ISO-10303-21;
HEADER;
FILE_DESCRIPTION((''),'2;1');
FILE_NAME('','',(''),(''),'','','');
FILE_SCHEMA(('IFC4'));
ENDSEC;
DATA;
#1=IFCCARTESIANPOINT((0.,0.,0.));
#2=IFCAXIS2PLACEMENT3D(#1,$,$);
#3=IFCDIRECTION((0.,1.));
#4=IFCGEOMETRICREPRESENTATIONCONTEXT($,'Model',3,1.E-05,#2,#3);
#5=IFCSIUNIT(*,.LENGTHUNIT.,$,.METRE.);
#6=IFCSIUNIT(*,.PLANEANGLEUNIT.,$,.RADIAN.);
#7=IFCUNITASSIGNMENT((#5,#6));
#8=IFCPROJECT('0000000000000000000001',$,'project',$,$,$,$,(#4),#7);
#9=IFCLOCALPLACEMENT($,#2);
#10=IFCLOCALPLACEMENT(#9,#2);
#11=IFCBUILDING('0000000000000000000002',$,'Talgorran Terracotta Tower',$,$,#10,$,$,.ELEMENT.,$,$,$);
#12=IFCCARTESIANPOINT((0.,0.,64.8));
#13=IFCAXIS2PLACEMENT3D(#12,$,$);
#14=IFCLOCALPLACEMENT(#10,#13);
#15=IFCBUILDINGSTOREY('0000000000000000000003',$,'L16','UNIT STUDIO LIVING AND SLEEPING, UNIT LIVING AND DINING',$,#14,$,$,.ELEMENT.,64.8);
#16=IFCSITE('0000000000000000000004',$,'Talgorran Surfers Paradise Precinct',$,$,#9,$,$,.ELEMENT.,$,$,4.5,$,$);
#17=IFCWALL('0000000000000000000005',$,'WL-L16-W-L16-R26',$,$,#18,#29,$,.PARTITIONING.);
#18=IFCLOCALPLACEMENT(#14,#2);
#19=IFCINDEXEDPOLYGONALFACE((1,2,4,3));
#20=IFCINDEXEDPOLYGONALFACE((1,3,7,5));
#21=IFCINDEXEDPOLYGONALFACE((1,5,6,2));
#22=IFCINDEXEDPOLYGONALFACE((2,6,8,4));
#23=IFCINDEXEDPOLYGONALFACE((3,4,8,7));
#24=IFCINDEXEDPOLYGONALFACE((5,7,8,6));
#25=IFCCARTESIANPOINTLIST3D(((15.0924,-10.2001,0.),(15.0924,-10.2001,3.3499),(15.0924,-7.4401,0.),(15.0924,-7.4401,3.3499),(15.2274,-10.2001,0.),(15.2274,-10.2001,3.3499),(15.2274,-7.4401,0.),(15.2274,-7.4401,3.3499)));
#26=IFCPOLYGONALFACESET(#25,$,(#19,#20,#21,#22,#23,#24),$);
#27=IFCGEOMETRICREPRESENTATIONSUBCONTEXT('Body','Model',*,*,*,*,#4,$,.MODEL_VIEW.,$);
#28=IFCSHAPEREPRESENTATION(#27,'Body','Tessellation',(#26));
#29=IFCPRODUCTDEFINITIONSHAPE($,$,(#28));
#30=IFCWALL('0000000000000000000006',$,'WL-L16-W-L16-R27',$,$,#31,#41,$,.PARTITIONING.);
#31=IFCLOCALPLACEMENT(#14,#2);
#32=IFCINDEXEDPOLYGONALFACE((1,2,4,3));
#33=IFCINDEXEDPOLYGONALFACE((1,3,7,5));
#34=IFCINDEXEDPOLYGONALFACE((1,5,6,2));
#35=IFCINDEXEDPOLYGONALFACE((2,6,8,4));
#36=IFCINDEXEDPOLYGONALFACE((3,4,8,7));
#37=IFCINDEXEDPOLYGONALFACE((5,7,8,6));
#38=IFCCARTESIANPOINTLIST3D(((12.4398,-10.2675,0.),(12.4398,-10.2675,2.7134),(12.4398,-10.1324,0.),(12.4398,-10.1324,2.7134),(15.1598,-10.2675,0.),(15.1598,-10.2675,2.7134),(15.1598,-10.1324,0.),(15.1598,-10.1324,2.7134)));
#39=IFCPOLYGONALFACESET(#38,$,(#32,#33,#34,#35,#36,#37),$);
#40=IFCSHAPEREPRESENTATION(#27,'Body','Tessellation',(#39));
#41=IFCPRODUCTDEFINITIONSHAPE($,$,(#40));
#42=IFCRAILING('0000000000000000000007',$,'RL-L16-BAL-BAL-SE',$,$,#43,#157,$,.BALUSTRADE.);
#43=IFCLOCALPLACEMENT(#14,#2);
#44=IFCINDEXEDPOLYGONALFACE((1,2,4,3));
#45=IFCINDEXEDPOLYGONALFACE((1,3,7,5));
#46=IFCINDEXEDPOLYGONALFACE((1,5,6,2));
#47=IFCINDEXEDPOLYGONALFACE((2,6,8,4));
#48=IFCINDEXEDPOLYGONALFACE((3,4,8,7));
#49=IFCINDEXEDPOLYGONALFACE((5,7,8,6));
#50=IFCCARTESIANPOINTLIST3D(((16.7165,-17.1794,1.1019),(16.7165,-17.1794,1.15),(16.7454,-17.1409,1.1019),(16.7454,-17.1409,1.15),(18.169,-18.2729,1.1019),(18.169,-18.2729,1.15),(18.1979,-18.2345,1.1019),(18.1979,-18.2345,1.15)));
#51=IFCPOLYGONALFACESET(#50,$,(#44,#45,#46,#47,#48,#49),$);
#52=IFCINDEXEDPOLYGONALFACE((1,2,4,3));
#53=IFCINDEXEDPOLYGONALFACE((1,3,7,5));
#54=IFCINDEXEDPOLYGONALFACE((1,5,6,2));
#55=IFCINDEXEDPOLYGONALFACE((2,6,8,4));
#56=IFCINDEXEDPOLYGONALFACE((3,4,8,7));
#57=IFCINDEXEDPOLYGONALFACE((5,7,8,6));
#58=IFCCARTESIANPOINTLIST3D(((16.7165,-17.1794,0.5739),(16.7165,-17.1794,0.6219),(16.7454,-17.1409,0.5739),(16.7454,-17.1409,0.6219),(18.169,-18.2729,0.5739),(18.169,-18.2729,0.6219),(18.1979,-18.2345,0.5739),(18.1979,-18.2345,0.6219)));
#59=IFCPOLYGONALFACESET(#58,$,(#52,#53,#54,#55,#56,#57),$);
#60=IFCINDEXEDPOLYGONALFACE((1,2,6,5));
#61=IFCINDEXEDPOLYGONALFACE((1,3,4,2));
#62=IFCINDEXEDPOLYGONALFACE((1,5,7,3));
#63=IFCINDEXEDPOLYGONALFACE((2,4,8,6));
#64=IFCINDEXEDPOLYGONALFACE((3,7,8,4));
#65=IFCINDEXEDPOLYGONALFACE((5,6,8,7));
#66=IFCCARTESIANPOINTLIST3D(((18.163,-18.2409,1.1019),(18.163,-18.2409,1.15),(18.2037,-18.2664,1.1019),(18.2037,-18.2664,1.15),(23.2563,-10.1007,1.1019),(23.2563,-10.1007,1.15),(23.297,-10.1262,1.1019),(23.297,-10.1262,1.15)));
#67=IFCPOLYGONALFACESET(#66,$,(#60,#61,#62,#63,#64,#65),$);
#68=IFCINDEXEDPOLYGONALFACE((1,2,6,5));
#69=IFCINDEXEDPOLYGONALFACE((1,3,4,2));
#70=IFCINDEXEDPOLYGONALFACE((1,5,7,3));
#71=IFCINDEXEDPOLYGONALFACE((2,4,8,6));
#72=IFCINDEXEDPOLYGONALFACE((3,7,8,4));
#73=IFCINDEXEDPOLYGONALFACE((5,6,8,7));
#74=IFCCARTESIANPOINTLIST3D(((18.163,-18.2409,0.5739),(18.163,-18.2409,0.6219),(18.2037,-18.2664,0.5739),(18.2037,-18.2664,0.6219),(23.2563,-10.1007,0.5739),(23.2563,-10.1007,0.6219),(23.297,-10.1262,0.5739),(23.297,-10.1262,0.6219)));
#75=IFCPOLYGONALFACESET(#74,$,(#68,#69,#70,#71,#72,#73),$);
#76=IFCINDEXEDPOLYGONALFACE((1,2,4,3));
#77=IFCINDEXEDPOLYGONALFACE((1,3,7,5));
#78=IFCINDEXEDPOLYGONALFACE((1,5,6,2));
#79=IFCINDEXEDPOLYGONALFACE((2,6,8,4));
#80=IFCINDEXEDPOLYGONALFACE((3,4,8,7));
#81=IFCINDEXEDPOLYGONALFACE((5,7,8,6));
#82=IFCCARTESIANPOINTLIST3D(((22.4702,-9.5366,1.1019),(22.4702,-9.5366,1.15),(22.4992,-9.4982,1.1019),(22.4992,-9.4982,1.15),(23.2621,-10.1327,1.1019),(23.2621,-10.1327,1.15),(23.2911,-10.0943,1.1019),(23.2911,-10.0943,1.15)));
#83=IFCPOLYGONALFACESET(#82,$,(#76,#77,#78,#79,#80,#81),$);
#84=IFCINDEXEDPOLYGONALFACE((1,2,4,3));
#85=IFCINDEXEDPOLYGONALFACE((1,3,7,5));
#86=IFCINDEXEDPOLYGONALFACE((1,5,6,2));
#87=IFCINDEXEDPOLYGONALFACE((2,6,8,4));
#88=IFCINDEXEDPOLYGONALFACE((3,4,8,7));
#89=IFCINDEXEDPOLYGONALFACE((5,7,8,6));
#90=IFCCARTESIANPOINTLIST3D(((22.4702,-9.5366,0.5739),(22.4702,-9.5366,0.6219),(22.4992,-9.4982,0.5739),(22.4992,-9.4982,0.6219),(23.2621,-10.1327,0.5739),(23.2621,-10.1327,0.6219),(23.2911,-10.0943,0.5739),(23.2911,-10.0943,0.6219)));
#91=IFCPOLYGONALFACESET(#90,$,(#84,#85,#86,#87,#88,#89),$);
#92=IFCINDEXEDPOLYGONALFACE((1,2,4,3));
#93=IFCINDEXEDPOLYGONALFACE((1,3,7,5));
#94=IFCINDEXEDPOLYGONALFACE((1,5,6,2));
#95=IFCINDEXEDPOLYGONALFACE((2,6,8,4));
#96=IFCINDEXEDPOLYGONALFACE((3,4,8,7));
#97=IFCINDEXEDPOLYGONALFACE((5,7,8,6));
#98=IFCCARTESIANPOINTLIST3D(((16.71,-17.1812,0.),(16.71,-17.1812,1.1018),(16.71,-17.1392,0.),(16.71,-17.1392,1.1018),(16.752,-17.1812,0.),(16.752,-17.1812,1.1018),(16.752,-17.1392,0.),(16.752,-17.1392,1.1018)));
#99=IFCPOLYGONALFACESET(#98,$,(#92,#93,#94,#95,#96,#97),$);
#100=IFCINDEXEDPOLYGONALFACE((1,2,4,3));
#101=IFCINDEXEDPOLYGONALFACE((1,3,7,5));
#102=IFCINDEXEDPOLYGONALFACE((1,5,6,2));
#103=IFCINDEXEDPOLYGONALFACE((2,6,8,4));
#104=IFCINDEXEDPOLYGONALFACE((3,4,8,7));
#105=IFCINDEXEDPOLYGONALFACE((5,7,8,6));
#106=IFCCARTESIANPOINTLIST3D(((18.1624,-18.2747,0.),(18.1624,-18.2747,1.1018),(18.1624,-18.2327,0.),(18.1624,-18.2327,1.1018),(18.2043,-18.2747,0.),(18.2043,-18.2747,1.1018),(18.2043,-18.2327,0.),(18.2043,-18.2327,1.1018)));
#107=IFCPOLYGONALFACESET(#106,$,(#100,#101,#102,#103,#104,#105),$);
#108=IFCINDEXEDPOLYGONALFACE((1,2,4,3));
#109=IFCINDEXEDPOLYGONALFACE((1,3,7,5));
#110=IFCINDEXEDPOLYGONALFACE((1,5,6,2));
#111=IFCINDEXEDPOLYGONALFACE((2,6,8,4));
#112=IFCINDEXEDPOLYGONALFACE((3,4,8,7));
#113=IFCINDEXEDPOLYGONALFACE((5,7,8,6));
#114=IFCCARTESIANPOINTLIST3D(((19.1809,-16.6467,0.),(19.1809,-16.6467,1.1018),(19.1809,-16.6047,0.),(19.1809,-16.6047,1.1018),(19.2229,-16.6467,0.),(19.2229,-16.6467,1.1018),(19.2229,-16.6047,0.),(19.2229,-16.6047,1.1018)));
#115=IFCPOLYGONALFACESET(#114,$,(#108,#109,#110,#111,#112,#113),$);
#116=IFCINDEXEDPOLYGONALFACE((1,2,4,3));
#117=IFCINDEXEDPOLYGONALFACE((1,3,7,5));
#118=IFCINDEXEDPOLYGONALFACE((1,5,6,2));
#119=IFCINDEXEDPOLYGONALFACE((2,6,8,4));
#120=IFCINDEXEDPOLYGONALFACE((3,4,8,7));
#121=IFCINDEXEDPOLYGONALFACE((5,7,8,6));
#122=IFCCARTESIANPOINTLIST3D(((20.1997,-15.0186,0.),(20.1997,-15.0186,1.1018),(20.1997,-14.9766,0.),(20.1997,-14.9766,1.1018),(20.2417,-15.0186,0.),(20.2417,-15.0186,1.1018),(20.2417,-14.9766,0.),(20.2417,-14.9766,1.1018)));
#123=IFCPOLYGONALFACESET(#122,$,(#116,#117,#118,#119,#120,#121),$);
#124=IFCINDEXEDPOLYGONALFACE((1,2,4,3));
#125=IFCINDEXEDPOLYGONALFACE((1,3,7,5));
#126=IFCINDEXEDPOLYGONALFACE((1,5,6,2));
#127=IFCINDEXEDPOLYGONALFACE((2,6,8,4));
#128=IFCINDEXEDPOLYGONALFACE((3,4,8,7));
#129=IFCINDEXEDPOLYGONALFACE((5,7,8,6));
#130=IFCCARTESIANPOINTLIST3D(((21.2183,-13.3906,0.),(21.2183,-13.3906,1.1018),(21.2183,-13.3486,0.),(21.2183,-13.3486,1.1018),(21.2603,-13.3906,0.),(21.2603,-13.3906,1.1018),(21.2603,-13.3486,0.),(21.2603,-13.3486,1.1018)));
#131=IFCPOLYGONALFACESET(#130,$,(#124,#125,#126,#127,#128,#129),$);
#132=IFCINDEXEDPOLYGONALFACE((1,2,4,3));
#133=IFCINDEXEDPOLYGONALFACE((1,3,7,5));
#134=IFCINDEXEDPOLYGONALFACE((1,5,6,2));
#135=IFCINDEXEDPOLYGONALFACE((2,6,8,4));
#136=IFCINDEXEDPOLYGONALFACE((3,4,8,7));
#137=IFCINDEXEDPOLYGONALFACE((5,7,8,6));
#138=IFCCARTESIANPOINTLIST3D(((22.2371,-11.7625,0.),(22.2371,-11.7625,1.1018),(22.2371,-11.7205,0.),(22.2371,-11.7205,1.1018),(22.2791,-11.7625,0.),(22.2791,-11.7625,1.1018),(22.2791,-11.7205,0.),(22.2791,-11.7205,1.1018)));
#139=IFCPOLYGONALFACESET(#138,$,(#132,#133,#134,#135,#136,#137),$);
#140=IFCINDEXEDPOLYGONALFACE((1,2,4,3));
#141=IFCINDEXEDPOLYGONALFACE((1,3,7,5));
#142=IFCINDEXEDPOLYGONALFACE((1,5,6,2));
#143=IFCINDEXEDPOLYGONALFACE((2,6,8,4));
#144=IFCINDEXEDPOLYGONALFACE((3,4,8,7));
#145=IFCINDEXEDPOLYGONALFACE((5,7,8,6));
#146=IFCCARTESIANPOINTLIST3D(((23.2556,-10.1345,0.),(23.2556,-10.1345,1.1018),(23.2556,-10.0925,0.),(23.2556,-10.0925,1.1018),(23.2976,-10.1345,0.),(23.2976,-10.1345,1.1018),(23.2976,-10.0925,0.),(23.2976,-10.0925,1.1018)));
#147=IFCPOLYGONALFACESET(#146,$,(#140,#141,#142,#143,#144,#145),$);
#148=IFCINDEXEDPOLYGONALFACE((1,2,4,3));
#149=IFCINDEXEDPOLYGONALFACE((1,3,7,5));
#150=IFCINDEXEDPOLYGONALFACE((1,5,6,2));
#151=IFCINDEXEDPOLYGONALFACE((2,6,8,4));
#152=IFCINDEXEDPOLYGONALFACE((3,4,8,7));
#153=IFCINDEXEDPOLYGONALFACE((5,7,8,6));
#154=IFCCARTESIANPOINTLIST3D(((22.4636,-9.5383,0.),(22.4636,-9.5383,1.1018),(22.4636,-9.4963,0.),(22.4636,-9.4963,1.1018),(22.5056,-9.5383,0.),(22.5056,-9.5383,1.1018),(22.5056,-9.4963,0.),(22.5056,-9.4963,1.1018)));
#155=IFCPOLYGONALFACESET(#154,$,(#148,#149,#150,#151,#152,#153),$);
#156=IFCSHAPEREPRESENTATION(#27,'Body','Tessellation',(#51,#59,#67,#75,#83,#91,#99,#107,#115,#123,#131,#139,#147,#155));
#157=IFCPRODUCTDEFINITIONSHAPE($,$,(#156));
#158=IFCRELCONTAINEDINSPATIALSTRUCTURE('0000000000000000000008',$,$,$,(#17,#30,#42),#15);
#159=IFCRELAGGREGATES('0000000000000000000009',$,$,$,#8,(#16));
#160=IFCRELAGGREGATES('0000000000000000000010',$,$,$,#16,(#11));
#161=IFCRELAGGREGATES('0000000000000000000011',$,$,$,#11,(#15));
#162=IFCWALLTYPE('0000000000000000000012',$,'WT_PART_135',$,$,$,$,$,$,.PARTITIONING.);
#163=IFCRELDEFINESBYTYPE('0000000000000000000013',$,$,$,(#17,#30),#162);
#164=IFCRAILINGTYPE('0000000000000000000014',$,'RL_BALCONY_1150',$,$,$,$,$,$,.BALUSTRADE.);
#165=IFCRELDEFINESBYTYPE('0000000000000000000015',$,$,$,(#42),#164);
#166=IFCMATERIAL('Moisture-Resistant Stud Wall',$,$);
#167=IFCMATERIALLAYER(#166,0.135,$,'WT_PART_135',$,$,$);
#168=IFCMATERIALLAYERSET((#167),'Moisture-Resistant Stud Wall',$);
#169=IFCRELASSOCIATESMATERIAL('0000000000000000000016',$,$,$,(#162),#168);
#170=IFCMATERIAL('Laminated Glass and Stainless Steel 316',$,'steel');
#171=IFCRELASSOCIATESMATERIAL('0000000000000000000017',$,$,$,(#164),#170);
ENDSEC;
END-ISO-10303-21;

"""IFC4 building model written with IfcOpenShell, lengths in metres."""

from ifc_helpers import new_model, si_unit, direction, frame, frame_2d, origin, origin_2d, place, context, subcontext, project, spatial, rectangle, extrude, material, layer, layer_set, type_object, element, save


model = new_model("IFC4")

# Units and contexts
model_context = context("Model", 3, precision=1e-05, world=origin(), true_north=direction((0.0, 1.0)))
body_context = subcontext(model_context, "Body", "Model", "MODEL_VIEW")
ifc_project = project(units=[si_unit("LENGTHUNIT", "METRE"), si_unit("PLANEANGLEUNIT", "RADIAN")], contexts=[model_context])

# Site, building, storey
site_placement = place(None, origin())
site = spatial("IfcSite", under=ifc_project, at=site_placement, Name="Talgorran Surfers Paradise Precinct", CompositionType="ELEMENT", RefElevation=4.5)
building_placement = place(site_placement, origin())
building = spatial("IfcBuilding", under=site, at=building_placement, Name="Talgorran Terracotta Tower", CompositionType="ELEMENT")
storey_placement = place(building_placement, frame((0.0, 0.0, 64.8)))
storey = spatial("IfcBuildingStorey", under=building, at=storey_placement, Name="L16", Description="UNIT STUDIO LIVING AND SLEEPING, UNIT LIVING AND DINING", CompositionType="ELEMENT", Elevation=64.8)

# Shared definitions
ifc_material_1 = material(Name="Moisture-Resistant Stud Wall")
ifc_layer_1 = layer(ifc_material_1, 0.135, Name="WT_PART_135")
ifc_layer_set_1 = layer_set([ifc_layer_1], Name="Moisture-Resistant Stud Wall")
wall_type_1 = type_object("IfcWallType", Name="WT_PART_135", PredefinedType="PARTITIONING", material=ifc_layer_set_1)

# Walls
wall_1_placement = place(storey_placement, frame((15.1599, -10.2, 0.0), z_axis=(0.0, 0.0, 1.0), x_axis=(0.0, 1.0, 0.0)))
element("IfcWall", 1, at=wall_1_placement, inside=storey, type_object=wall_type_1, Name="WL-L16-W-L16-R26", PredefinedType="PARTITIONING", context=body_context, shape_type="SweptSolid", body=[
    extrude(rectangle(XDim=2.76, YDim=0.135, at=frame_2d((1.3799, 0.0))), origin(), (0.0, 0.0, 1.0), 3.3499),
])
wall_2_placement = place(storey_placement, frame((12.4399, -10.2, 0.0), z_axis=(0.0, 0.0, 1.0), x_axis=(1.0, 0.0, 0.0)))
element("IfcWall", 2, at=wall_2_placement, inside=storey, type_object=wall_type_1, Name="WL-L16-W-L16-R27", PredefinedType="PARTITIONING", context=body_context, shape_type="SweptSolid", body=[
    extrude(rectangle(XDim=2.72, YDim=0.135, at=frame_2d((1.3599, 0.0))), origin(), (0.0, 0.0, 1.0), 2.7134),
])

# Railing
ifc_material_2 = material(Name="Laminated Glass and Stainless Steel 316", Category="steel")
railing_type = type_object("IfcRailingType", Name="RL_BALCONY_1150", PredefinedType="BALUSTRADE", material=ifc_material_2)
railing_placement = place(storey_placement, frame((16.731, -17.1602, 0.0)))
element("IfcRailing", 3, at=railing_placement, inside=storey, type_object=railing_type, Name="RL-L16-BAL-BAL-SE", PredefinedType="BALUSTRADE", context=body_context, shape_type="SweptSolid", body=[
    extrude(rectangle(XDim=0.0481, YDim=0.0481, at=origin_2d()), frame((0.0, 0.0, 1.126), z_axis=(0.798887, -0.601482, 0.0), x_axis=(0.601482, 0.798887, 0.0)), (0.0, 0.0, 1.0), 1.8181),
    extrude(rectangle(XDim=0.0481, YDim=0.0481, at=origin_2d()), frame((0.0, 0.0, 0.5979), z_axis=(0.798887, -0.601482, 0.0), x_axis=(0.601482, 0.798887, 0.0)), (0.0, 0.0, 1.0), 1.8181),
    extrude(rectangle(XDim=0.0481, YDim=0.0481, at=origin_2d()), frame((1.4524, -1.0935, 1.126), z_axis=(0.530424, 0.847733, 0.0), x_axis=(-0.847733, 0.530424, 0.0)), (0.0, 0.0, 1.0), 9.6023),
    extrude(rectangle(XDim=0.0481, YDim=0.0481, at=origin_2d()), frame((1.4524, -1.0935, 0.5979), z_axis=(0.530424, 0.847733, 0.0), x_axis=(-0.847733, 0.530424, 0.0)), (0.0, 0.0, 1.0), 9.6023),
    extrude(rectangle(XDim=0.0481, YDim=0.0481, at=origin_2d()), frame((6.5457, 7.0466, 1.126), z_axis=(-0.798935, 0.601418, 0.0), x_axis=(-0.601418, -0.798935, 0.0)), (0.0, 0.0, 1.0), 0.9912),
    extrude(rectangle(XDim=0.0481, YDim=0.0481, at=origin_2d()), frame((6.5457, 7.0466, 0.5979), z_axis=(-0.798935, 0.601418, 0.0), x_axis=(-0.601418, -0.798935, 0.0)), (0.0, 0.0, 1.0), 0.9912),
    extrude(rectangle(XDim=0.042, YDim=0.042, at=origin_2d()), origin(), (0.0, 0.0, 1.0), 1.1018),
    extrude(rectangle(XDim=0.042, YDim=0.042, at=origin_2d()), frame((1.4524, -1.0935, 0.0)), (0.0, 0.0, 1.0), 1.1018),
    extrude(rectangle(XDim=0.042, YDim=0.042, at=origin_2d()), frame((2.4709, 0.5344, 0.0)), (0.0, 0.0, 1.0), 1.1018),
    extrude(rectangle(XDim=0.042, YDim=0.042, at=origin_2d()), frame((3.4897, 2.1626, 0.0)), (0.0, 0.0, 1.0), 1.1018),
    extrude(rectangle(XDim=0.042, YDim=0.042, at=origin_2d()), frame((4.5083, 3.7905, 0.0)), (0.0, 0.0, 1.0), 1.1018),
    extrude(rectangle(XDim=0.042, YDim=0.042, at=origin_2d()), frame((5.5271, 5.4187, 0.0)), (0.0, 0.0, 1.0), 1.1018),
    extrude(rectangle(XDim=0.042, YDim=0.042, at=origin_2d()), frame((6.5457, 7.0466, 0.0)), (0.0, 0.0, 1.0), 1.1018),
    extrude(rectangle(XDim=0.042, YDim=0.042, at=origin_2d()), frame((5.7537, 7.6428, 0.0)), (0.0, 0.0, 1.0), 1.1018),
])

save(model, "model.ifc")
